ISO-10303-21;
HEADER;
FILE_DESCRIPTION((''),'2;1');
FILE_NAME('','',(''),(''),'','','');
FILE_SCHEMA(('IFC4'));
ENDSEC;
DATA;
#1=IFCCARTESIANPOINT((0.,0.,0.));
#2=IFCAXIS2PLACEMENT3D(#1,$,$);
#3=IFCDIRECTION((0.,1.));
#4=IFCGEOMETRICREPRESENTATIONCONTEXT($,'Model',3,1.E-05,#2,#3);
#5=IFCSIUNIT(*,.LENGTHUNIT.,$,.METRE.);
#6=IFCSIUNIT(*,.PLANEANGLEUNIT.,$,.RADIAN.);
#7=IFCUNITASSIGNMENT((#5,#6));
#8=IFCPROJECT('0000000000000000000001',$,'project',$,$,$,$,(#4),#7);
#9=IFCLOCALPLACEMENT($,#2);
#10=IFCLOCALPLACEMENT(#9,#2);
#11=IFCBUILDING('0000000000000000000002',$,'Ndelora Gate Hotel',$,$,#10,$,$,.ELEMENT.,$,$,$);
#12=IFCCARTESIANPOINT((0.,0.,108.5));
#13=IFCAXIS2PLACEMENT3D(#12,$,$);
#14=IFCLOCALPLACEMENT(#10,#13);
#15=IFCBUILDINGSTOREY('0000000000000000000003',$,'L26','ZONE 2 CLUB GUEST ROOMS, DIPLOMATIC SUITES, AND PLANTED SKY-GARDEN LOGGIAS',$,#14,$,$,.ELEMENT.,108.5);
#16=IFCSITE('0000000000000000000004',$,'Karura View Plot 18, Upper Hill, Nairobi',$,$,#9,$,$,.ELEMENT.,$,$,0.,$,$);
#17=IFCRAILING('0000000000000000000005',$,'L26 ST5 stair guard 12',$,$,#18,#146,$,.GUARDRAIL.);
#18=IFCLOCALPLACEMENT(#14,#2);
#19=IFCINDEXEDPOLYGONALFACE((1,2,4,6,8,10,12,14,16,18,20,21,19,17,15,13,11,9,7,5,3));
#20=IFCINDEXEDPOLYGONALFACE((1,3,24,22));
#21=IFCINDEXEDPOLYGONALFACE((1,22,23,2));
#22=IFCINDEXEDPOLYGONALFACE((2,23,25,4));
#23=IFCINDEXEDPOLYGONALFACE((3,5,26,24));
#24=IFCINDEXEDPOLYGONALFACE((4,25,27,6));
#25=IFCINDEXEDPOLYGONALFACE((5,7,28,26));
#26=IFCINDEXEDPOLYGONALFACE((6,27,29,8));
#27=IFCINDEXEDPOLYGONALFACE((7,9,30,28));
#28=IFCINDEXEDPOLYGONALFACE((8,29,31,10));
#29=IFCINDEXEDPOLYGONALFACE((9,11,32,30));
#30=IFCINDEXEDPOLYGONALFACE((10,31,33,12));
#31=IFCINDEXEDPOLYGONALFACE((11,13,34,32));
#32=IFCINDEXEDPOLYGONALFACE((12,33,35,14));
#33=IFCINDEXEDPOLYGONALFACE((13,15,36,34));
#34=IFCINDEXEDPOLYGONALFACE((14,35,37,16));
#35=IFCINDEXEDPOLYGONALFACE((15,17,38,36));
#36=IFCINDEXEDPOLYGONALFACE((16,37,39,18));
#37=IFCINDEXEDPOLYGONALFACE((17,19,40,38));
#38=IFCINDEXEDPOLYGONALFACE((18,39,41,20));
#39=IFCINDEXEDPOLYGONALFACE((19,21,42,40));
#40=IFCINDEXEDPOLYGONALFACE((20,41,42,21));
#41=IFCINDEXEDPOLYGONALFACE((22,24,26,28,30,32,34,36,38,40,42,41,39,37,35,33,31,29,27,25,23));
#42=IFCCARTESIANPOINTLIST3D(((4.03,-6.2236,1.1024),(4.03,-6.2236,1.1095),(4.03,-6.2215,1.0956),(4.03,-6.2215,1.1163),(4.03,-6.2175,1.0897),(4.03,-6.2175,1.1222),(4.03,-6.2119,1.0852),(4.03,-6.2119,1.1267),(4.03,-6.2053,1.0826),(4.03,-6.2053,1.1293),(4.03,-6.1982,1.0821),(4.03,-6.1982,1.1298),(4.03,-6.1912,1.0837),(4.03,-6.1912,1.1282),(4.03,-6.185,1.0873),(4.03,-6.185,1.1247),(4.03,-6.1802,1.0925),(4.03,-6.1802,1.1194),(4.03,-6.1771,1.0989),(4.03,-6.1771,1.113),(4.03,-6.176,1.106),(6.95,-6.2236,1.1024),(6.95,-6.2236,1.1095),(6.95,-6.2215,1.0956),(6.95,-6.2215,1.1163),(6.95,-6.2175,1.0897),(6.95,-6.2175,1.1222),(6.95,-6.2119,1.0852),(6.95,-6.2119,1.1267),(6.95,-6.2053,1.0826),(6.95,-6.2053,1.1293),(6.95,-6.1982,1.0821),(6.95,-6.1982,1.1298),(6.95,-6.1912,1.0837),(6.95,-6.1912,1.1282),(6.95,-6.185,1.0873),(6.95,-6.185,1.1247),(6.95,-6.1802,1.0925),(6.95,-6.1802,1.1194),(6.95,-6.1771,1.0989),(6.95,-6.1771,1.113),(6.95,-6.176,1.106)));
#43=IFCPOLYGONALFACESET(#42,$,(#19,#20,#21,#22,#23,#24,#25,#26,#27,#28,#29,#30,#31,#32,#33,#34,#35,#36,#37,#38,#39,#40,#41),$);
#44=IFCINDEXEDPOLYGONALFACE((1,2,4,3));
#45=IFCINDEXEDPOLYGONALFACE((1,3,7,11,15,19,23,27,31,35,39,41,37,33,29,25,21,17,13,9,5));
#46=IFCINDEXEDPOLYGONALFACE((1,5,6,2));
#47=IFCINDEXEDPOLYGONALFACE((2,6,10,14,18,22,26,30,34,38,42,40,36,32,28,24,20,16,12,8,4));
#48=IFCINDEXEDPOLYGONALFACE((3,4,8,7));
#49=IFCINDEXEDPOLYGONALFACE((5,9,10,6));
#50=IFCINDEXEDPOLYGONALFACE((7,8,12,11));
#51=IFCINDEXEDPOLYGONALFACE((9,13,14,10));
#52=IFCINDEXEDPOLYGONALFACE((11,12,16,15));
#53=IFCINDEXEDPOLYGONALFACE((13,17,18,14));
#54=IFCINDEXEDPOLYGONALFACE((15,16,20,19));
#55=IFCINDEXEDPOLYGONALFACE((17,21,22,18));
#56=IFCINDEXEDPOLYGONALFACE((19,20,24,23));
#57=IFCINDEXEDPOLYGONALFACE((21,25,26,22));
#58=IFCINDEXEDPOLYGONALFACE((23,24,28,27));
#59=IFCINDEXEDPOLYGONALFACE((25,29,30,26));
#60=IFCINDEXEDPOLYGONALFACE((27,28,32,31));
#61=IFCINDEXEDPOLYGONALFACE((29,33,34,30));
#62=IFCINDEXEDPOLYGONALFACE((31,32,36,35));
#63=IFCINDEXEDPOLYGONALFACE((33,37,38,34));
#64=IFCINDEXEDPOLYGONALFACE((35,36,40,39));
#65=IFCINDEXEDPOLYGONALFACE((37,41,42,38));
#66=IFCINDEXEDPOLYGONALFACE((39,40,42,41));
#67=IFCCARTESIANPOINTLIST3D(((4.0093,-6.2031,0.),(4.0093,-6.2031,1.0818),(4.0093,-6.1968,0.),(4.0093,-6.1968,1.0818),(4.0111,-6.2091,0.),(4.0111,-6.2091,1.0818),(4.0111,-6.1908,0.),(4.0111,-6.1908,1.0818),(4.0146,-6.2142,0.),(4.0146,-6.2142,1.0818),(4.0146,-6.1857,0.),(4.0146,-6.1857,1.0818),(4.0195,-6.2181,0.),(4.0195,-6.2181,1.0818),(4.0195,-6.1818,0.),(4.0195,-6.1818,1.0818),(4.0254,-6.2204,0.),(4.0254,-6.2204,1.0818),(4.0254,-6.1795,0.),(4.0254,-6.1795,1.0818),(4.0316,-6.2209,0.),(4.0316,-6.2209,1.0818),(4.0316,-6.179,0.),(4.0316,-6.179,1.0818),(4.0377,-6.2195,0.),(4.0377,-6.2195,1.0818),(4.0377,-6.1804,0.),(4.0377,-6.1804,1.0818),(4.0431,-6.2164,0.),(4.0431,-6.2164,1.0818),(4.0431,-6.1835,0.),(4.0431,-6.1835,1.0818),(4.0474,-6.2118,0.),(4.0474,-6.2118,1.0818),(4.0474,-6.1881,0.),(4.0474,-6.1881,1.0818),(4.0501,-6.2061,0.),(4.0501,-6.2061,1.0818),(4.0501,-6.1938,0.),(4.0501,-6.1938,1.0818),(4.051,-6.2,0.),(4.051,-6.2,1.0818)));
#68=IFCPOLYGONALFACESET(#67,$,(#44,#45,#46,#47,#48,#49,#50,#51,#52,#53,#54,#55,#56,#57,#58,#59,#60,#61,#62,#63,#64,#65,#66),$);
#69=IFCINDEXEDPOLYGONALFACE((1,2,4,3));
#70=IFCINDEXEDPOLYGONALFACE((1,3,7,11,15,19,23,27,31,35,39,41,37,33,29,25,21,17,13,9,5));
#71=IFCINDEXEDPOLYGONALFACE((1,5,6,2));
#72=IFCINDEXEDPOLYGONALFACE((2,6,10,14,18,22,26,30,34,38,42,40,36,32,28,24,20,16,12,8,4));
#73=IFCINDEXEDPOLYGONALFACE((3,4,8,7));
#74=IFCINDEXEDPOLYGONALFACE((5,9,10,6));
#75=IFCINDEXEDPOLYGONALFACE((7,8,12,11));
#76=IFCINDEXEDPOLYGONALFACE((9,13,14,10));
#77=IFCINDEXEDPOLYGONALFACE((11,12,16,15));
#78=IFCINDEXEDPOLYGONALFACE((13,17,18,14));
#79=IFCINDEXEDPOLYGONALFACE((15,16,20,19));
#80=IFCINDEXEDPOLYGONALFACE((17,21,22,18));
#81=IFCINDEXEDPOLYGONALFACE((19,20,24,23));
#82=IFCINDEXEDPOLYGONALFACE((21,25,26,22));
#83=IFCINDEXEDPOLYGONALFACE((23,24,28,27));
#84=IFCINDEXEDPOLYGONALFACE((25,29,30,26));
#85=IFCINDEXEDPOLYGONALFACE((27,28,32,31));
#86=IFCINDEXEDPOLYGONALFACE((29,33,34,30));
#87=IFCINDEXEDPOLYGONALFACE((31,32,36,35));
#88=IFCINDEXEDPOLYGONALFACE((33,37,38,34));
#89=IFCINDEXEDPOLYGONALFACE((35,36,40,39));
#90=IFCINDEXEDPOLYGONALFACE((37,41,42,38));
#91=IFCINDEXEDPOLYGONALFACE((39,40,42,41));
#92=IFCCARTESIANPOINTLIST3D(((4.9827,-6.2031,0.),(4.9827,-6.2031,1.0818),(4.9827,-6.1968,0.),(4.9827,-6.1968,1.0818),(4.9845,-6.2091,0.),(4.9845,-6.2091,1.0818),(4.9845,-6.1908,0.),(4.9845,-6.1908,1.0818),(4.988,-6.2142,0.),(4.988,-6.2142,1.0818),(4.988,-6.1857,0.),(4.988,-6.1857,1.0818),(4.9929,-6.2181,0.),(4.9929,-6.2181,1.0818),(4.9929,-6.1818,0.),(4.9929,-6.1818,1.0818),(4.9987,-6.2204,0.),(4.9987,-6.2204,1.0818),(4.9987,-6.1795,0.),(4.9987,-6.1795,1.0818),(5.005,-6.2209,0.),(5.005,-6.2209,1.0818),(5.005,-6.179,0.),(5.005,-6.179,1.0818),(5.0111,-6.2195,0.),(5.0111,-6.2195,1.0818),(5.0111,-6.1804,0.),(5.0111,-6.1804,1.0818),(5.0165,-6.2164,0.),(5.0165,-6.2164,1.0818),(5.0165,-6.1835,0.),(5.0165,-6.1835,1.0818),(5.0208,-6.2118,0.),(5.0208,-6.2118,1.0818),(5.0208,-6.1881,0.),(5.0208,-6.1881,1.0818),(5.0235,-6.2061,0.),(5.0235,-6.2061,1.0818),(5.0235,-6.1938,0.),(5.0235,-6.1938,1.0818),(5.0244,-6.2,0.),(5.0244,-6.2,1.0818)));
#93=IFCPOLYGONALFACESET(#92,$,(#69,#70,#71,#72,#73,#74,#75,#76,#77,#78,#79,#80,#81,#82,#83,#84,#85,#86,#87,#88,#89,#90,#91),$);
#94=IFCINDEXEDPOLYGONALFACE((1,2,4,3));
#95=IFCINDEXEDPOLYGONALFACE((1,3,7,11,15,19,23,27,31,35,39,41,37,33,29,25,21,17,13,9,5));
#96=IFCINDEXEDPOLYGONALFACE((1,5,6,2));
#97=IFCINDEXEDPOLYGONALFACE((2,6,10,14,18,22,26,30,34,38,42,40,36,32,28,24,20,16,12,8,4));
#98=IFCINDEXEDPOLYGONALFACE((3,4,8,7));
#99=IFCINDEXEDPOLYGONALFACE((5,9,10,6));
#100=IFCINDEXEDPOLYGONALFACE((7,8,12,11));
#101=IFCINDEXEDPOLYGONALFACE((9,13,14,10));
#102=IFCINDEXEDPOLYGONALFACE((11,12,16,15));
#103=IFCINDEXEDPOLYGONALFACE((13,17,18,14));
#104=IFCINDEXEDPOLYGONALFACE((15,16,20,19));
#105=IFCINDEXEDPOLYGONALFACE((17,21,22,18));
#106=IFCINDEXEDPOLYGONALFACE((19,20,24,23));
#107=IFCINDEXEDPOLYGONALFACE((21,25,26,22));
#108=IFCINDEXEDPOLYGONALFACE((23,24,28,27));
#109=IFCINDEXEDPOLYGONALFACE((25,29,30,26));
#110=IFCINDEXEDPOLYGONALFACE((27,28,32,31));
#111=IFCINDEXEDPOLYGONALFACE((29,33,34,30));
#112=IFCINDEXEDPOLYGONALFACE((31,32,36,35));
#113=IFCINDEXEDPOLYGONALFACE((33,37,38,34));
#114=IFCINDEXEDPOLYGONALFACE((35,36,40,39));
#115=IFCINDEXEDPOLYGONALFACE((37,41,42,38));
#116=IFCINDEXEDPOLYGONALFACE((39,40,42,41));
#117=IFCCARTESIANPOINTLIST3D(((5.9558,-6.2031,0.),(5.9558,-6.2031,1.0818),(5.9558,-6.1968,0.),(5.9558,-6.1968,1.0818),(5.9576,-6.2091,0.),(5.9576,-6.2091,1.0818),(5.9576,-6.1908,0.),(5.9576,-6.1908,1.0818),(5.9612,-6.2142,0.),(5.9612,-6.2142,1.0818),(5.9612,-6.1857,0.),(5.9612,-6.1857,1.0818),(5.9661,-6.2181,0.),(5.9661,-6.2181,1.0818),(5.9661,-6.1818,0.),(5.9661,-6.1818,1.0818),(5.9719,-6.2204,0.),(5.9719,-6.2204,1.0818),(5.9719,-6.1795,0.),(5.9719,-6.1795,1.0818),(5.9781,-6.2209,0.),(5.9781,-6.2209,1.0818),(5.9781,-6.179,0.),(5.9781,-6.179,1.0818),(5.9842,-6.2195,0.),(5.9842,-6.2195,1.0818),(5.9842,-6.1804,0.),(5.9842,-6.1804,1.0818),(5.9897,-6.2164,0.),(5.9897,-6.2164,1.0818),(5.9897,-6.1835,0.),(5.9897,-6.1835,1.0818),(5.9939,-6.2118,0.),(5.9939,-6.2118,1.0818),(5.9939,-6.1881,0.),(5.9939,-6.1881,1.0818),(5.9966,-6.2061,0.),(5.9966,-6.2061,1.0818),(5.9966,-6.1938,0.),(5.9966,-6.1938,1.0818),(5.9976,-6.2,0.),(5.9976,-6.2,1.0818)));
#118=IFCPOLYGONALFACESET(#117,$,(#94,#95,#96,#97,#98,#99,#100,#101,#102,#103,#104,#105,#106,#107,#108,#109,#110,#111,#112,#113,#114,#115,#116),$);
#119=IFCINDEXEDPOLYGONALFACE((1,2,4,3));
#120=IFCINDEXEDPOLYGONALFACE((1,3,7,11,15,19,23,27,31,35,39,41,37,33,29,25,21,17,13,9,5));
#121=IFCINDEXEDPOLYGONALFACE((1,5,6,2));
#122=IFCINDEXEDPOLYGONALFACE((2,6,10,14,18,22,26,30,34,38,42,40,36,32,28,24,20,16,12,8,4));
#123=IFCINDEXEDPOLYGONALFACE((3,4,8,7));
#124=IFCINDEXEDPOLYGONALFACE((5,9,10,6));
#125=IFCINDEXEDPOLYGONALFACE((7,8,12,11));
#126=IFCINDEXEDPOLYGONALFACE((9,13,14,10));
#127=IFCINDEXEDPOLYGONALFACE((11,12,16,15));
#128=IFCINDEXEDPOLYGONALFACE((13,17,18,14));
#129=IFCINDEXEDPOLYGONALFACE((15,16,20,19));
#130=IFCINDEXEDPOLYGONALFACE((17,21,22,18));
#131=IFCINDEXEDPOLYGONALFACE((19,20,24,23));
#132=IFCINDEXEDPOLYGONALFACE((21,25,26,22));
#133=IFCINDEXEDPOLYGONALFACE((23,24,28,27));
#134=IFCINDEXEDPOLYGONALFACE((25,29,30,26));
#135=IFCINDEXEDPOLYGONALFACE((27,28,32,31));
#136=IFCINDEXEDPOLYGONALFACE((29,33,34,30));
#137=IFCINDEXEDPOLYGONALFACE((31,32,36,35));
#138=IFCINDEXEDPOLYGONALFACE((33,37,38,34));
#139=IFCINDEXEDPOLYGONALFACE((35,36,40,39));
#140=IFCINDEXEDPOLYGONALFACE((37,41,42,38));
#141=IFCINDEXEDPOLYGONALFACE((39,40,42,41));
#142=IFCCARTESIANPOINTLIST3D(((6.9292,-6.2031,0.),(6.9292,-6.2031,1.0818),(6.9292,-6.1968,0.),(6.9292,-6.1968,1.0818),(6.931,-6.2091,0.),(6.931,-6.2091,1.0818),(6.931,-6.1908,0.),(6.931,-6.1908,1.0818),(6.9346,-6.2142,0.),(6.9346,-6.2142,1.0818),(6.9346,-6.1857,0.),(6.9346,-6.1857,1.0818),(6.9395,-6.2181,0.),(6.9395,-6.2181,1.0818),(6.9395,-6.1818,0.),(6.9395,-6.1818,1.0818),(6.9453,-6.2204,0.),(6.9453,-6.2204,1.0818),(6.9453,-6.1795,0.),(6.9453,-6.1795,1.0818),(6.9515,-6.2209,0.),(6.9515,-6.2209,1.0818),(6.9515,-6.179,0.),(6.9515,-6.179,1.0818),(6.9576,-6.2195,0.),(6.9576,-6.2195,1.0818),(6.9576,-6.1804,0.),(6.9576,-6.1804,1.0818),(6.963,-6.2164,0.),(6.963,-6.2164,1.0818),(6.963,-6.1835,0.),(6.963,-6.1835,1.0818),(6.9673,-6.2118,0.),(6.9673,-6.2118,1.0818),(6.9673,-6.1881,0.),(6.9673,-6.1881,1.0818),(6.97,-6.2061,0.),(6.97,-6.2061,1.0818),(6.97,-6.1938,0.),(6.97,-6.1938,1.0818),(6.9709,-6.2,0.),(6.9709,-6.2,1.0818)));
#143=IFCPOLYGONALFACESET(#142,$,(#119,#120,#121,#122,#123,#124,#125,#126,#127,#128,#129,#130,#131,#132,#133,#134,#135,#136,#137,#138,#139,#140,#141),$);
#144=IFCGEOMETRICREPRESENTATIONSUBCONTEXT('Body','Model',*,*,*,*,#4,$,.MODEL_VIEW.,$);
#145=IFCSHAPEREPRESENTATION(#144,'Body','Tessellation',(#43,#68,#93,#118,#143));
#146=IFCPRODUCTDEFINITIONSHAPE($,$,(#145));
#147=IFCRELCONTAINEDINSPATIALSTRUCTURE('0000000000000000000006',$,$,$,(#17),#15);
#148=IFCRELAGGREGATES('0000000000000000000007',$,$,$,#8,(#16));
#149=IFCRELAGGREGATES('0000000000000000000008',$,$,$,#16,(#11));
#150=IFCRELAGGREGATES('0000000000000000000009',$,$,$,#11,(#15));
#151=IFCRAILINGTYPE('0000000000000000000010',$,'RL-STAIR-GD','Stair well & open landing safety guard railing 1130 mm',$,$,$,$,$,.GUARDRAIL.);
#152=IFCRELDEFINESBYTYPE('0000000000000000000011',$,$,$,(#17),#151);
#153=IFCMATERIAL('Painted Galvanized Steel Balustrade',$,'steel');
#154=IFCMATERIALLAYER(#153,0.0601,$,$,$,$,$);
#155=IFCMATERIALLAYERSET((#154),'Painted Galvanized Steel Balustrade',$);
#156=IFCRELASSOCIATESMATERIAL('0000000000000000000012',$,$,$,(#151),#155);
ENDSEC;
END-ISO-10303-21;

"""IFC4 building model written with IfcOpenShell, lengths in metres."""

from ifc_helpers import new_model, si_unit, direction, frame, origin, origin_2d, place, context, subcontext, project, spatial, circle, extrude, material, layer, layer_set, type_object, element, save


model = new_model("IFC4")

# Units and contexts
model_context = context("Model", 3, precision=1e-05, world=origin(), true_north=direction((0.0, 1.0)))
body_context = subcontext(model_context, "Body", "Model", "MODEL_VIEW")
ifc_project = project(units=[si_unit("LENGTHUNIT", "METRE"), si_unit("PLANEANGLEUNIT", "RADIAN")], contexts=[model_context])

# Site, building, storey
site_placement = place(None, origin())
site = spatial("IfcSite", under=ifc_project, at=site_placement, Name="Karura View Plot 18, Upper Hill, Nairobi", CompositionType="ELEMENT", RefElevation=0.0)
building_placement = place(site_placement, origin())
building = spatial("IfcBuilding", under=site, at=building_placement, Name="Ndelora Gate Hotel", CompositionType="ELEMENT")
storey_placement = place(building_placement, frame((0.0, 0.0, 108.5)))
storey = spatial("IfcBuildingStorey", under=building, at=storey_placement, Name="L26", Description="ZONE 2 CLUB GUEST ROOMS, DIPLOMATIC SUITES, AND PLANTED SKY-GARDEN LOGGIAS", CompositionType="ELEMENT", Elevation=108.5)

# Railing
ifc_material_1 = material(Name="Painted Galvanized Steel Balustrade", Category="steel")
ifc_layer_1 = layer(ifc_material_1, 0.0601)
ifc_layer_set_1 = layer_set([ifc_layer_1], Name="Painted Galvanized Steel Balustrade")
railing_type_1 = type_object("IfcRailingType", Name="RL-STAIR-GD", Description="Stair well & open landing safety guard railing 1130 mm", PredefinedType="GUARDRAIL", material=ifc_layer_set_1)
railing_1_placement = place(storey_placement, frame((4.03, -6.2, 0.0)))
element("IfcRailing", 1, at=railing_1_placement, inside=storey, type_object=railing_type_1, Name="L26 ST5 stair guard 12", PredefinedType="GUARDRAIL", context=body_context, shape_type="SweptSolid", body=[
    extrude(circle(Radius=0.0239, at=origin_2d()), frame((0.0, 0.0, 1.106), z_axis=(1.0, 0.0, 0.0), x_axis=(0.0, 1.0, 0.0)), (0.0, 0.0, 1.0), 2.9199),
    extrude(circle(Radius=0.021, at=origin_2d()), origin(), (0.0, 0.0, 1.0), 1.0818),
    extrude(circle(Radius=0.021, at=origin_2d()), frame((0.9734, 0.0, 0.0)), (0.0, 0.0, 1.0), 1.0818),
    extrude(circle(Radius=0.021, at=origin_2d()), frame((1.9465, 0.0, 0.0)), (0.0, 0.0, 1.0), 1.0818),
    extrude(circle(Radius=0.021, at=origin_2d()), frame((2.9199, 0.0, 0.0)), (0.0, 0.0, 1.0), 1.0818),
])

save(model, "model.ifc")
